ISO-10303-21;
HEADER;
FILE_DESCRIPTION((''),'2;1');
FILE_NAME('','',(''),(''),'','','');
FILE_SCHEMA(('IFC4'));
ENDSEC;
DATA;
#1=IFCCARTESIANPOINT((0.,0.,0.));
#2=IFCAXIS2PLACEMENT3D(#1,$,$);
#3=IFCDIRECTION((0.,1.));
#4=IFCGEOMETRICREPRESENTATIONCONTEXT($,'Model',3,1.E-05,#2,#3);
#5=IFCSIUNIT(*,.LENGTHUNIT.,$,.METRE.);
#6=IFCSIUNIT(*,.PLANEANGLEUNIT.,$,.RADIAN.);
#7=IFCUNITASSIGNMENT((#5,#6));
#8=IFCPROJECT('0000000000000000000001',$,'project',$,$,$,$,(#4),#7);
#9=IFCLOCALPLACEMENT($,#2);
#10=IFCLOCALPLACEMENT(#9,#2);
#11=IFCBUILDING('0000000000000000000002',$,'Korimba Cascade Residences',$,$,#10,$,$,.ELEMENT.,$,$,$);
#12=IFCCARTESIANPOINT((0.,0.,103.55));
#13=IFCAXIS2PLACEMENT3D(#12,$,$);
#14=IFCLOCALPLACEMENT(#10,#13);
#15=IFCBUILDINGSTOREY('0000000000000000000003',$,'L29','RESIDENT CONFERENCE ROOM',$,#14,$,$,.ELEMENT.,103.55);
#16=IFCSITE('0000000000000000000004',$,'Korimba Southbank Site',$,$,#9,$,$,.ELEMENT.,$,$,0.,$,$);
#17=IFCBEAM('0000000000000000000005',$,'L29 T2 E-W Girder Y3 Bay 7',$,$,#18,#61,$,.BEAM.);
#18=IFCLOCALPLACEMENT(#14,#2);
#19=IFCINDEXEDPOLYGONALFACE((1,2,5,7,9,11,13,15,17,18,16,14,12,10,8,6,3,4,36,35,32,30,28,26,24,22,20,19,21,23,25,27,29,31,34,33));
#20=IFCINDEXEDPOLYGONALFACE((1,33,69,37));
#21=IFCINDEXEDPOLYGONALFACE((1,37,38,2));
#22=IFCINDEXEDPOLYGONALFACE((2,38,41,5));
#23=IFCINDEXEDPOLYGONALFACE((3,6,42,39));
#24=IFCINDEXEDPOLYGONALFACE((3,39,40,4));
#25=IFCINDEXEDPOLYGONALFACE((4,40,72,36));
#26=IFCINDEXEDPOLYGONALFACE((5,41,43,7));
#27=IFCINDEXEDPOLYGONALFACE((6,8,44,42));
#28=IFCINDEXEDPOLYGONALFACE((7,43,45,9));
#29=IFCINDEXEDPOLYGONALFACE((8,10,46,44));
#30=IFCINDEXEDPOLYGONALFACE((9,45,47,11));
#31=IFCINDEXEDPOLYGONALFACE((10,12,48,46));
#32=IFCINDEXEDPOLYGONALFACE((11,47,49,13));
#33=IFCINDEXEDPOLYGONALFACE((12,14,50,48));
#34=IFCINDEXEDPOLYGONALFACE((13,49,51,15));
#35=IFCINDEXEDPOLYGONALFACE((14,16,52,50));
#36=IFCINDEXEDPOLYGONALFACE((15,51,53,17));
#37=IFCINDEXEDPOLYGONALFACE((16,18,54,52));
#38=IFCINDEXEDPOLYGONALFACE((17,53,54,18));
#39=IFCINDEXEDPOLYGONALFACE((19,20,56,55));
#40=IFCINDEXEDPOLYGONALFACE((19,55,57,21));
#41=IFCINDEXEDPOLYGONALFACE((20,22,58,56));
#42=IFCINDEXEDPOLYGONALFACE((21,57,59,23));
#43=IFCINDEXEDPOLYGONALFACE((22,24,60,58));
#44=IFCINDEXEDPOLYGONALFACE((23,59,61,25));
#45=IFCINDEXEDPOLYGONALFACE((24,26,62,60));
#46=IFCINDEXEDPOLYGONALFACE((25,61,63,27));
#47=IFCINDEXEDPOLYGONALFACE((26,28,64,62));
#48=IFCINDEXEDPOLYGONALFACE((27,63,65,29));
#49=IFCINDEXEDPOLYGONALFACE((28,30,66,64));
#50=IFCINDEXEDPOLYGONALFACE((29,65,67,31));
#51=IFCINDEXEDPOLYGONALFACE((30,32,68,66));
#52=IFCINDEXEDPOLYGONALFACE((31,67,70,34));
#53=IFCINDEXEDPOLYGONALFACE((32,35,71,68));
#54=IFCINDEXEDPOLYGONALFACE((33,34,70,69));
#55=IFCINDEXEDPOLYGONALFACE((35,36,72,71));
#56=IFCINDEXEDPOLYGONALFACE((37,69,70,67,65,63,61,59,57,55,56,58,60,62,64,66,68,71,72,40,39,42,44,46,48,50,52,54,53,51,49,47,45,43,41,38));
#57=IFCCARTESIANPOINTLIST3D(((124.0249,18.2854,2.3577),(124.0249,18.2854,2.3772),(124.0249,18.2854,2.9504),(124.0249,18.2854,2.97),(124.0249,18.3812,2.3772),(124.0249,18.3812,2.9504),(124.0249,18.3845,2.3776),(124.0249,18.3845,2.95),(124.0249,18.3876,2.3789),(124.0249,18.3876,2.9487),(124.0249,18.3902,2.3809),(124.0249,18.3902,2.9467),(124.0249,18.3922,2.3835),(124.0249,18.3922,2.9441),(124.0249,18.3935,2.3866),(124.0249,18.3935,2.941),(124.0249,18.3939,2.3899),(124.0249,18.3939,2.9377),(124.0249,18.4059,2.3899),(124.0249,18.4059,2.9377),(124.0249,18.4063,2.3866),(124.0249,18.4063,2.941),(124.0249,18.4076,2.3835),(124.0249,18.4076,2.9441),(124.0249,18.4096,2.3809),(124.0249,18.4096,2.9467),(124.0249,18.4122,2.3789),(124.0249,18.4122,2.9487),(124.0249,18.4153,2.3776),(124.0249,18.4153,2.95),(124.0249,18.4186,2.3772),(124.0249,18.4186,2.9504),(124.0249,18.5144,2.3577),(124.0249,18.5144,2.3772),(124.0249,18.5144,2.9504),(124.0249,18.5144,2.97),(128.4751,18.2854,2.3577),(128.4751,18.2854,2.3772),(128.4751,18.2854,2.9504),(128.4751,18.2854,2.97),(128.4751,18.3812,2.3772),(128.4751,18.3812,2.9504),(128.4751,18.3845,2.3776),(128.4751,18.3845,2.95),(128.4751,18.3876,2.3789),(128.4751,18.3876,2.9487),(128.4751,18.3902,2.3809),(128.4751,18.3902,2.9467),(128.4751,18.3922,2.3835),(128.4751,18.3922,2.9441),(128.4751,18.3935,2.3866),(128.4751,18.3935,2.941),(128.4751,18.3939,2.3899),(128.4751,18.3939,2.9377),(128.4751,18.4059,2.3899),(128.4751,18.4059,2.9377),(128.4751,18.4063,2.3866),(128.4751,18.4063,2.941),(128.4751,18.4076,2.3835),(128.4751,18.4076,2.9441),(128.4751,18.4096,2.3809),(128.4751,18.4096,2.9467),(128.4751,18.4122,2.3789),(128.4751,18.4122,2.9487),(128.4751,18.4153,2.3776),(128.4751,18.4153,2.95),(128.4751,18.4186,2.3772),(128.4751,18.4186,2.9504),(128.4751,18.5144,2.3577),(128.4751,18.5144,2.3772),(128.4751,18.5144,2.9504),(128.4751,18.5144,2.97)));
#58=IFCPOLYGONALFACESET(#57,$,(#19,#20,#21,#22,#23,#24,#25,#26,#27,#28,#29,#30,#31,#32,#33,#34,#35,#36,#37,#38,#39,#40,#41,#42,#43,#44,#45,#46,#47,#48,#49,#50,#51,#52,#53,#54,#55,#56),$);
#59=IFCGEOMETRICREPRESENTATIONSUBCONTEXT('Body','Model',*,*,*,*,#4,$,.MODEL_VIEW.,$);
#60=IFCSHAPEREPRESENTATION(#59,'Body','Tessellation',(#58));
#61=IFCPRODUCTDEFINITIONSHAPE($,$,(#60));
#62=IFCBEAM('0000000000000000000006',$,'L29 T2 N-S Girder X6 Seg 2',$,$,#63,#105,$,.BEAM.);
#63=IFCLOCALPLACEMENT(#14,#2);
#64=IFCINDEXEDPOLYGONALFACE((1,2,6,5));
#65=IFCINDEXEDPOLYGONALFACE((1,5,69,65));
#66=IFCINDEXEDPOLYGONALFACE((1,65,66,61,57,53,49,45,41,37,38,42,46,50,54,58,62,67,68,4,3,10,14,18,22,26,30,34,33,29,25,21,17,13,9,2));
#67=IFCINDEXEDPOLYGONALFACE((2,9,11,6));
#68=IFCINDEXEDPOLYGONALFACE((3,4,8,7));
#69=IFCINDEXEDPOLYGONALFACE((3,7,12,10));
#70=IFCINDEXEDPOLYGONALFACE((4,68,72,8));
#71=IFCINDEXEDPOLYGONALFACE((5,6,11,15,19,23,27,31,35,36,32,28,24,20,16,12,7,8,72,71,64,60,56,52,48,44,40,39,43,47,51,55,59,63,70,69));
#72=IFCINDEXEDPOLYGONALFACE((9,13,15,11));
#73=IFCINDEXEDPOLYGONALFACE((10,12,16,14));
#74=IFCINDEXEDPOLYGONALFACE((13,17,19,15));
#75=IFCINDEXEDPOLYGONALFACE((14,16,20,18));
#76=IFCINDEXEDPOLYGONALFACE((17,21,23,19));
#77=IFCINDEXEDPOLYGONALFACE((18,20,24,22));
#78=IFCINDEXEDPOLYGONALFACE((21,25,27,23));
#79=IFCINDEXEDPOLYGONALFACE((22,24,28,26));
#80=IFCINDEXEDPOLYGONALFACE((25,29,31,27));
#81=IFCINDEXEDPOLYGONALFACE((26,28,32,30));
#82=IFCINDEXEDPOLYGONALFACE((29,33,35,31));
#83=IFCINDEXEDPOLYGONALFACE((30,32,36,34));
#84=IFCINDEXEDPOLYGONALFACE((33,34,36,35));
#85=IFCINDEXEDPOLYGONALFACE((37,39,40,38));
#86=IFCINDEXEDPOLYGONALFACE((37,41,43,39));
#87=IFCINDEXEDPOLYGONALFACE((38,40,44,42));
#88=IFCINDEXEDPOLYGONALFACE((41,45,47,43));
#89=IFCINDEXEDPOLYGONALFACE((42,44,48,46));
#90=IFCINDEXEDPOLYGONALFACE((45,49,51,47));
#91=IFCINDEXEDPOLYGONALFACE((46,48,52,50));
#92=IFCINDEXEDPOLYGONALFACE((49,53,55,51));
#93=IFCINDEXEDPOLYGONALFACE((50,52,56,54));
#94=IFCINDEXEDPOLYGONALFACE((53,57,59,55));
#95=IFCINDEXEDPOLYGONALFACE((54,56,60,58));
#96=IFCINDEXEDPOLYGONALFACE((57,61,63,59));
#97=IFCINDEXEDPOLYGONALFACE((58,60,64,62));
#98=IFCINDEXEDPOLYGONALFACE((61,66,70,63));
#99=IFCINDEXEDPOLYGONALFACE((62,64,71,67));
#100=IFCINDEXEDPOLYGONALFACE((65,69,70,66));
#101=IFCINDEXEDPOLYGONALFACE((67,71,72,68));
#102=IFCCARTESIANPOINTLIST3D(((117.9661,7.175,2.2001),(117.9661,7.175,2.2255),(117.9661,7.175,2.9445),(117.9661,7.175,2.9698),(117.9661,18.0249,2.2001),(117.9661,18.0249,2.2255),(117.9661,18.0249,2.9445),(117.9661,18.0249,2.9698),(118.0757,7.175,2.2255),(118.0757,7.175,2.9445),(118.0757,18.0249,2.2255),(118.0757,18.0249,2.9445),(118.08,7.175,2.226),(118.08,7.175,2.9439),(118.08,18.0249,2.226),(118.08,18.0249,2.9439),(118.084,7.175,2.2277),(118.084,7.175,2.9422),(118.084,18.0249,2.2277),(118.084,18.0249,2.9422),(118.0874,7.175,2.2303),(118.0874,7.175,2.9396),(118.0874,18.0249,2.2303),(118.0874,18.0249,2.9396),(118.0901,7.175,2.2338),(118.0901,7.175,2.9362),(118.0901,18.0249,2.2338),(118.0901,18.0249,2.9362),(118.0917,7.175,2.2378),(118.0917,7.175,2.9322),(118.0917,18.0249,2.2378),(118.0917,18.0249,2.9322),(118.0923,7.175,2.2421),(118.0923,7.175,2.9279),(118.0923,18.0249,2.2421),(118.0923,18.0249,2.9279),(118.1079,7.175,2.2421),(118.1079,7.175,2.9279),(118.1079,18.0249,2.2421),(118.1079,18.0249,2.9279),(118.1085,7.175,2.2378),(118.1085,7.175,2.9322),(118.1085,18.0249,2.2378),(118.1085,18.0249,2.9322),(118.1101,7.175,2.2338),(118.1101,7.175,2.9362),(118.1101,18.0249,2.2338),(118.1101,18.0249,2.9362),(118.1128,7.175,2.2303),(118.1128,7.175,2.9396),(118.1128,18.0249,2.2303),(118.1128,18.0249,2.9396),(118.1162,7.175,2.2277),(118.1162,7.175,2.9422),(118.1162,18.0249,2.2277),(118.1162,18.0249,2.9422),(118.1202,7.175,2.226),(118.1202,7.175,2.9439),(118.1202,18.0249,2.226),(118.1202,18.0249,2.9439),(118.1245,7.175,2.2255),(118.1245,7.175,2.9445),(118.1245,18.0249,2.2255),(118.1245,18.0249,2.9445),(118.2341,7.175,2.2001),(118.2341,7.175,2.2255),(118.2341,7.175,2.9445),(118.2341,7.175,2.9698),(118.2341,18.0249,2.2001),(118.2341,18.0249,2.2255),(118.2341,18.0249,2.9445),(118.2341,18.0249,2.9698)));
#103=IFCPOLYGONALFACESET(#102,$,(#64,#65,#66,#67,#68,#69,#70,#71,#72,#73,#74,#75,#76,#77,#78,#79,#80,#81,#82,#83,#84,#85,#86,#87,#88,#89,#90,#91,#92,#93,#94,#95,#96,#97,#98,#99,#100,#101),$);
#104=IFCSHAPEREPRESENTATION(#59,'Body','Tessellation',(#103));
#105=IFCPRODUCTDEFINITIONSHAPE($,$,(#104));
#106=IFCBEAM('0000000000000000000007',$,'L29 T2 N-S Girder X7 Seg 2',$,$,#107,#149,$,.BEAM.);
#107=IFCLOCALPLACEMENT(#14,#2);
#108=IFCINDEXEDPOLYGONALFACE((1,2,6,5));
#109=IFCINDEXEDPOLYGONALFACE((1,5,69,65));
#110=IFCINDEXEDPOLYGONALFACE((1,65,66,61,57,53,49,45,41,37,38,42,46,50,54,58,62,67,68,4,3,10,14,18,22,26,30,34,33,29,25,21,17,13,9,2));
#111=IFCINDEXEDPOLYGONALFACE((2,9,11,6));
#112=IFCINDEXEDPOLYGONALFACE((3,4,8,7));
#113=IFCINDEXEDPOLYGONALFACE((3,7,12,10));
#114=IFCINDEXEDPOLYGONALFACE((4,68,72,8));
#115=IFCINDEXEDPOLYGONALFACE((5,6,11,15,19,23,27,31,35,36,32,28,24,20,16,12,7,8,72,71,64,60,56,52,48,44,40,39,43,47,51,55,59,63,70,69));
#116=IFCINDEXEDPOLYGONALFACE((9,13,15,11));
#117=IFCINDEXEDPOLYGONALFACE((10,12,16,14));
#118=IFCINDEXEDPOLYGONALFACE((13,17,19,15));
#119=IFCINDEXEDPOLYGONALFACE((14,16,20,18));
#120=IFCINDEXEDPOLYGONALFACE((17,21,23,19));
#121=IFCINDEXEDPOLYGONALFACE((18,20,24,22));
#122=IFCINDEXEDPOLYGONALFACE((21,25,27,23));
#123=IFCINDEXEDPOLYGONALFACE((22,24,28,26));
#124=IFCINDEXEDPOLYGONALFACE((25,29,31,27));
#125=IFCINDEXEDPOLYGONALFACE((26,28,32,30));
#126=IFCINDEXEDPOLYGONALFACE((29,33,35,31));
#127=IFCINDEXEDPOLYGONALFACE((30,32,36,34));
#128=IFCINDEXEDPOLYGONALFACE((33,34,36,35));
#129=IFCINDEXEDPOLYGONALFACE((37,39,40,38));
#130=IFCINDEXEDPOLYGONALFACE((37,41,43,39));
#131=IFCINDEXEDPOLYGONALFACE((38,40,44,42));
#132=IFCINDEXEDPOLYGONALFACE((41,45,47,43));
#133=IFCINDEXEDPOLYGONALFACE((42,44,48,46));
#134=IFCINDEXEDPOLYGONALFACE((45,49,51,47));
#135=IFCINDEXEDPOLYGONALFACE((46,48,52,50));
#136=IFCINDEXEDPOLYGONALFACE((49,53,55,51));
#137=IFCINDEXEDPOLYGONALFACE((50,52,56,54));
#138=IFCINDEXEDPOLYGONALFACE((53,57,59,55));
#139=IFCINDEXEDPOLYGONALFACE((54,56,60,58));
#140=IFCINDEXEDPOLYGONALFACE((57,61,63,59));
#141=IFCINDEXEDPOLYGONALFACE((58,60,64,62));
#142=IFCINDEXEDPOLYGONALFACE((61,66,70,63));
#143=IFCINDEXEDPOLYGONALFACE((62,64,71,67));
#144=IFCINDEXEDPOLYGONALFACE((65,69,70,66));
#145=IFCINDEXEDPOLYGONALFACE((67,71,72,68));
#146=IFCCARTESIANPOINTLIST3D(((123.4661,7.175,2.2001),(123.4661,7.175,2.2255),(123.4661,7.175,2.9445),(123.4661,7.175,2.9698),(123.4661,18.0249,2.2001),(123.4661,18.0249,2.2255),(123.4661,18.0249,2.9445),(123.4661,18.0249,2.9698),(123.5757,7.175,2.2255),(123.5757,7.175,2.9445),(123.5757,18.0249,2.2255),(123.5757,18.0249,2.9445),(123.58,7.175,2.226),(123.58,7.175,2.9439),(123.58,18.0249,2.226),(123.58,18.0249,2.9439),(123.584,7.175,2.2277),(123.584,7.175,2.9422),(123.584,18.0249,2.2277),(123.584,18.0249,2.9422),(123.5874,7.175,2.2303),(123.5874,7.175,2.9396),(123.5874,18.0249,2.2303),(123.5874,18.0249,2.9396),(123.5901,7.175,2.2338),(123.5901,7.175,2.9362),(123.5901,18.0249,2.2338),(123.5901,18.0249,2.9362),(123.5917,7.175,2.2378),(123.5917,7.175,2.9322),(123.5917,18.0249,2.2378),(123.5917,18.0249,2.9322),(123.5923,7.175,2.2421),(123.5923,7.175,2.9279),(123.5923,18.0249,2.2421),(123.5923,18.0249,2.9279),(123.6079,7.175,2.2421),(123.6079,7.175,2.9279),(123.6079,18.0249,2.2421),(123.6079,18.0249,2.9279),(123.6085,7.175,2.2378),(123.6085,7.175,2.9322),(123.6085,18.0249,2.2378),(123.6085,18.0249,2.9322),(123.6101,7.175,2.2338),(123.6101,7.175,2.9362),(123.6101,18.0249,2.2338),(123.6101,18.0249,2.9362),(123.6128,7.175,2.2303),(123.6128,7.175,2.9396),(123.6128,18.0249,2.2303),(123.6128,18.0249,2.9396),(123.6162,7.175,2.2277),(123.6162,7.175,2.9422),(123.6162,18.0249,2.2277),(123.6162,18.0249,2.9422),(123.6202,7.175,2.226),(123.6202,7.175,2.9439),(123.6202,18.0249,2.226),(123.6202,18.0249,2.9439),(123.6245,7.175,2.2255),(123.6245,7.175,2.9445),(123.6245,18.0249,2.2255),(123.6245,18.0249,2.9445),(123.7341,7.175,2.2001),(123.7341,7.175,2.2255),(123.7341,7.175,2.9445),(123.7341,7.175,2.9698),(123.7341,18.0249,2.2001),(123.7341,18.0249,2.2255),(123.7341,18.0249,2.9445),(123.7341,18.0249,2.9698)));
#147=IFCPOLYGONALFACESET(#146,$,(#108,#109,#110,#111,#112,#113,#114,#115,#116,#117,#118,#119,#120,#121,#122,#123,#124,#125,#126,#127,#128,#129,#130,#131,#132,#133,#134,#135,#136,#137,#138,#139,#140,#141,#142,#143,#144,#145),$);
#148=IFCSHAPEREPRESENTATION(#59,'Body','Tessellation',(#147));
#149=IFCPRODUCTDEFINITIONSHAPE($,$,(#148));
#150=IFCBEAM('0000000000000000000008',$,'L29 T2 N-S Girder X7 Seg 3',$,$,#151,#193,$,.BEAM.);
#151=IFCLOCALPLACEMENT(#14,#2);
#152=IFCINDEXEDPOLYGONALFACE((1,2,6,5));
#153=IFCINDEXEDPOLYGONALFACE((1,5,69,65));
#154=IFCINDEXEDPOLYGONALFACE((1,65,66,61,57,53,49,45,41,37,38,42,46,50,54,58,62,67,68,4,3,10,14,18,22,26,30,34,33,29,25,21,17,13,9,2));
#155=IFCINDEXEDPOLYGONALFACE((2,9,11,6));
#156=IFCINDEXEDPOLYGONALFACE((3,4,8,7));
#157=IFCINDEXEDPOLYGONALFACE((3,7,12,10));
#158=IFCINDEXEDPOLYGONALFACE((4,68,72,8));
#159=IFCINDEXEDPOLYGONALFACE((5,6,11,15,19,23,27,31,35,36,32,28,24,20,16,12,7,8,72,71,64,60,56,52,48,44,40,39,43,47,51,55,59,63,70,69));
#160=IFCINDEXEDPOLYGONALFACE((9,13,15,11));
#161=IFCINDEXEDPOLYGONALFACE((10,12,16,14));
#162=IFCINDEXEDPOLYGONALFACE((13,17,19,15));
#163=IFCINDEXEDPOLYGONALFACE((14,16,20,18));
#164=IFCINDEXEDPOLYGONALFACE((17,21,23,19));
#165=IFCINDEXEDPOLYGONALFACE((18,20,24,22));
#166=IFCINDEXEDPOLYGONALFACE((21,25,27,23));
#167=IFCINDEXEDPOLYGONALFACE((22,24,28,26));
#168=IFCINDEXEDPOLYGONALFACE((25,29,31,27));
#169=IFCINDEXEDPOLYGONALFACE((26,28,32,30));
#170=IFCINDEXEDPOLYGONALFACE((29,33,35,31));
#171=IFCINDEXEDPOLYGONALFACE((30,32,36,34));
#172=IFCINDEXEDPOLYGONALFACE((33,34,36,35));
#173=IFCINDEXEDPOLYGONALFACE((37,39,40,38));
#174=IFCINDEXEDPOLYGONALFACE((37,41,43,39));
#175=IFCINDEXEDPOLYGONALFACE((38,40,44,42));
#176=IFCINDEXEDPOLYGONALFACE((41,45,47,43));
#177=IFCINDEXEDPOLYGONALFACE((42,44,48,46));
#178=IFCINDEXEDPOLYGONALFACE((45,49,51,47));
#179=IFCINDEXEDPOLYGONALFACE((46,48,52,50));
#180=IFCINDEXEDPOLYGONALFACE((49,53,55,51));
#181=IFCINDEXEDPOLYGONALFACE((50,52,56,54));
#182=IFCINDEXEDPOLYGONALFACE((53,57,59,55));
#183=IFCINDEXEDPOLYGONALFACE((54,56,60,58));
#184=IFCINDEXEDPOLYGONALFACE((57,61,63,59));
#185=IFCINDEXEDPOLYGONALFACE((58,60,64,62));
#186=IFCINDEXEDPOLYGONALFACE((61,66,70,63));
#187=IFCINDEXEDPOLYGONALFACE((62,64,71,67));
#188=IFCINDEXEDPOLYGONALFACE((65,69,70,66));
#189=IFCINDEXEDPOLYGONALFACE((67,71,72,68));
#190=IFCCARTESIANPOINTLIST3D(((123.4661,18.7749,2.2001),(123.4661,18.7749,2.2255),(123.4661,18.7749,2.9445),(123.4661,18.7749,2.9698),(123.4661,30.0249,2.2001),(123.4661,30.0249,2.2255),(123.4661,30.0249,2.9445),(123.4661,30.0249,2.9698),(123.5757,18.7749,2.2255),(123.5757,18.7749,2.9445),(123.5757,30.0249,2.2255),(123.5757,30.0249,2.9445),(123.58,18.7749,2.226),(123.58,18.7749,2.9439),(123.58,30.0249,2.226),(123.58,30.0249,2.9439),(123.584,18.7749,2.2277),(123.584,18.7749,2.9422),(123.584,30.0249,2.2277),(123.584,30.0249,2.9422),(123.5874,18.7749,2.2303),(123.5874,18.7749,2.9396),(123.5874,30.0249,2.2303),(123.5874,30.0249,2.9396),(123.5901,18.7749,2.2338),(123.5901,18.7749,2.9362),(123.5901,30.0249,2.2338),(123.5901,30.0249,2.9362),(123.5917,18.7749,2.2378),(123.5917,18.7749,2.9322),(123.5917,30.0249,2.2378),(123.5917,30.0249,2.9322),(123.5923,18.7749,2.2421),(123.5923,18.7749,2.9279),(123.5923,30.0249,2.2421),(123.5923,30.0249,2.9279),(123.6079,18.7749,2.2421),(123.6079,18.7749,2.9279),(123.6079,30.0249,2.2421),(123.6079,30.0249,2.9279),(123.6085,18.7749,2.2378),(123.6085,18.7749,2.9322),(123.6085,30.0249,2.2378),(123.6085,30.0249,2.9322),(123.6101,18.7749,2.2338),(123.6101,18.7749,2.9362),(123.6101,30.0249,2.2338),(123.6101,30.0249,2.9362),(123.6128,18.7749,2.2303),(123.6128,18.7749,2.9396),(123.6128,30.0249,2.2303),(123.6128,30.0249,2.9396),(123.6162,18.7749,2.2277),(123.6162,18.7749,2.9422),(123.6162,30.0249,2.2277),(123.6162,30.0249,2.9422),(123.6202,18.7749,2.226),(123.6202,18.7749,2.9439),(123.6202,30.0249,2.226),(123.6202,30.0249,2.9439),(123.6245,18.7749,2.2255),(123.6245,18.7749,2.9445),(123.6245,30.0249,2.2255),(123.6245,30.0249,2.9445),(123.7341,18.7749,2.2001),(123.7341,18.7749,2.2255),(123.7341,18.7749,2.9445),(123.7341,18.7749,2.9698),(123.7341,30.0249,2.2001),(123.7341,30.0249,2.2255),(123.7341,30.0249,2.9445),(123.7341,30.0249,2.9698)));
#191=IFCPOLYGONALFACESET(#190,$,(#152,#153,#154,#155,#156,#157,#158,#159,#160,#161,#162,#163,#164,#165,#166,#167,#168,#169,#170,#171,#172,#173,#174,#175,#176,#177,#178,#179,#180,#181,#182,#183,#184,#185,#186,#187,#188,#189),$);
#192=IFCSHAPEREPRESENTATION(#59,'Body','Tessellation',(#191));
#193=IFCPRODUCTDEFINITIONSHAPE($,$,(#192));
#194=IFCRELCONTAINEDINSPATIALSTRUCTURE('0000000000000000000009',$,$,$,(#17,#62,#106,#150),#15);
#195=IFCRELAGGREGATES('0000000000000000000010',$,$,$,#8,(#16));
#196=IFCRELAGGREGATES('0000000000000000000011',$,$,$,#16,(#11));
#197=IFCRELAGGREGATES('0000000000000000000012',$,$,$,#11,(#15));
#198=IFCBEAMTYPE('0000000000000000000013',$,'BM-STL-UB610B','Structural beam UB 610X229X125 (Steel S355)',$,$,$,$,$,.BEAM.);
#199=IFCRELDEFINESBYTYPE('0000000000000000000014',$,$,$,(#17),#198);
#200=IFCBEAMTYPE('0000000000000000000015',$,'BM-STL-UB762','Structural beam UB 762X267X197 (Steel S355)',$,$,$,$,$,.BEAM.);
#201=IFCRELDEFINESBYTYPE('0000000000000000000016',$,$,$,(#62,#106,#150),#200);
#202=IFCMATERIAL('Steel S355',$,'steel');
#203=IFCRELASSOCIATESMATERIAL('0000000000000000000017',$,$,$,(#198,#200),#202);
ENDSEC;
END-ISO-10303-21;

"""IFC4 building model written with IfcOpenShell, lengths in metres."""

from ifc_helpers import new_model, si_unit, direction, frame, origin, origin_2d, place, context, subcontext, project, spatial, i_section, extrude, material, material_profile, profile_set, type_object, element, save


model = new_model("IFC4")

# Units and contexts
model_context = context("Model", 3, precision=1e-05, world=origin(), true_north=direction((0.0, 1.0)))
body_context = subcontext(model_context, "Body", "Model", "MODEL_VIEW")
ifc_project = project(units=[si_unit("LENGTHUNIT", "METRE"), si_unit("PLANEANGLEUNIT", "RADIAN")], contexts=[model_context])

# Site, building, storey
site_placement = place(None, origin())
site = spatial("IfcSite", under=ifc_project, at=site_placement, Name="Korimba Southbank Site", CompositionType="ELEMENT", RefElevation=0.0)
building_placement = place(site_placement, origin())
building = spatial("IfcBuilding", under=site, at=building_placement, Name="Korimba Cascade Residences", CompositionType="ELEMENT")
storey_placement = place(building_placement, frame((0.0, 0.0, 103.55)))
storey = spatial("IfcBuildingStorey", under=building, at=storey_placement, Name="L29", Description="RESIDENT CONFERENCE ROOM", CompositionType="ELEMENT", Elevation=103.55)

# Beams
ifc_material_1 = material(Name="Steel S355", Category="steel")
ifc_material_profile_1 = material_profile(ifc_material_1, i_section(OverallWidth=0.229, OverallDepth=0.6123, WebThickness=0.012, FlangeThickness=0.0195, FilletRadius=0.0127, at=origin_2d()), Name="Steel S355")
ifc_profile_set_1 = profile_set([ifc_material_profile_1], Name="Steel S355")
beam_type_1 = type_object("IfcBeamType", Name="BM-STL-UB610B", Description="Structural beam UB 610X229X125 (Steel S355)", PredefinedType="BEAM", material=ifc_profile_set_1)
beam_1_placement = place(storey_placement, frame((124.0249, 18.3999, 2.6638), z_axis=(1.0, 0.0, 0.0), x_axis=(0.0, 1.0, 0.0)))
element("IfcBeam", 1, at=beam_1_placement, inside=storey, type_object=beam_type_1, Name="L29 T2 E-W Girder Y3 Bay 7", PredefinedType="BEAM", context=body_context, shape_type="SweptSolid", body=[
    extrude(i_section(OverallWidth=0.229, OverallDepth=0.6123, WebThickness=0.012, FlangeThickness=0.0195, FilletRadius=0.0127, at=origin_2d()), origin(), (0.0, 0.0, 1.0), 4.4502),
])
ifc_material_profile_2 = material_profile(ifc_material_1, i_section(OverallWidth=0.2681, OverallDepth=0.7698, WebThickness=0.0156, FlangeThickness=0.0254, FilletRadius=0.0166, at=origin_2d()), Name="Steel S355")
ifc_profile_set_2 = profile_set([ifc_material_profile_2], Name="Steel S355")
beam_type_2 = type_object("IfcBeamType", Name="BM-STL-UB762", Description="Structural beam UB 762X267X197 (Steel S355)", PredefinedType="BEAM", material=ifc_profile_set_2)
for number, where, z_axis, x_axis, name in (
    (2, (118.1001, 7.175, 2.585), (0.0, 1.0, 0.0), (-1.0, 0.0, 0.0), "L29 T2 N-S Girder X6 Seg 2"),
    (3, (123.6001, 7.175, 2.585), (0.0, 1.0, 0.0), (-1.0, 0.0, 0.0), "L29 T2 N-S Girder X7 Seg 2"),
):
    element("IfcBeam", number, at=place(storey_placement, frame(where, z_axis=z_axis, x_axis=x_axis)), inside=storey, type_object=beam_type_2, Name=name, PredefinedType="BEAM", context=body_context, shape_type="SweptSolid", body=[
        extrude(i_section(OverallWidth=0.2681, OverallDepth=0.7698, WebThickness=0.0156, FlangeThickness=0.0254, FilletRadius=0.0166, at=origin_2d()), origin(), (0.0, 0.0, 1.0), 10.8499),
    ])
beam_2_placement = place(storey_placement, frame((123.6001, 18.7749, 2.585), z_axis=(0.0, 1.0, 0.0), x_axis=(-1.0, 0.0, 0.0)))
element("IfcBeam", 4, at=beam_2_placement, inside=storey, type_object=beam_type_2, Name="L29 T2 N-S Girder X7 Seg 3", PredefinedType="BEAM", context=body_context, shape_type="SweptSolid", body=[
    extrude(i_section(OverallWidth=0.2681, OverallDepth=0.7698, WebThickness=0.0156, FlangeThickness=0.0254, FilletRadius=0.0166, at=origin_2d()), origin(), (0.0, 0.0, 1.0), 11.25),
])

save(model, "model.ifc")
